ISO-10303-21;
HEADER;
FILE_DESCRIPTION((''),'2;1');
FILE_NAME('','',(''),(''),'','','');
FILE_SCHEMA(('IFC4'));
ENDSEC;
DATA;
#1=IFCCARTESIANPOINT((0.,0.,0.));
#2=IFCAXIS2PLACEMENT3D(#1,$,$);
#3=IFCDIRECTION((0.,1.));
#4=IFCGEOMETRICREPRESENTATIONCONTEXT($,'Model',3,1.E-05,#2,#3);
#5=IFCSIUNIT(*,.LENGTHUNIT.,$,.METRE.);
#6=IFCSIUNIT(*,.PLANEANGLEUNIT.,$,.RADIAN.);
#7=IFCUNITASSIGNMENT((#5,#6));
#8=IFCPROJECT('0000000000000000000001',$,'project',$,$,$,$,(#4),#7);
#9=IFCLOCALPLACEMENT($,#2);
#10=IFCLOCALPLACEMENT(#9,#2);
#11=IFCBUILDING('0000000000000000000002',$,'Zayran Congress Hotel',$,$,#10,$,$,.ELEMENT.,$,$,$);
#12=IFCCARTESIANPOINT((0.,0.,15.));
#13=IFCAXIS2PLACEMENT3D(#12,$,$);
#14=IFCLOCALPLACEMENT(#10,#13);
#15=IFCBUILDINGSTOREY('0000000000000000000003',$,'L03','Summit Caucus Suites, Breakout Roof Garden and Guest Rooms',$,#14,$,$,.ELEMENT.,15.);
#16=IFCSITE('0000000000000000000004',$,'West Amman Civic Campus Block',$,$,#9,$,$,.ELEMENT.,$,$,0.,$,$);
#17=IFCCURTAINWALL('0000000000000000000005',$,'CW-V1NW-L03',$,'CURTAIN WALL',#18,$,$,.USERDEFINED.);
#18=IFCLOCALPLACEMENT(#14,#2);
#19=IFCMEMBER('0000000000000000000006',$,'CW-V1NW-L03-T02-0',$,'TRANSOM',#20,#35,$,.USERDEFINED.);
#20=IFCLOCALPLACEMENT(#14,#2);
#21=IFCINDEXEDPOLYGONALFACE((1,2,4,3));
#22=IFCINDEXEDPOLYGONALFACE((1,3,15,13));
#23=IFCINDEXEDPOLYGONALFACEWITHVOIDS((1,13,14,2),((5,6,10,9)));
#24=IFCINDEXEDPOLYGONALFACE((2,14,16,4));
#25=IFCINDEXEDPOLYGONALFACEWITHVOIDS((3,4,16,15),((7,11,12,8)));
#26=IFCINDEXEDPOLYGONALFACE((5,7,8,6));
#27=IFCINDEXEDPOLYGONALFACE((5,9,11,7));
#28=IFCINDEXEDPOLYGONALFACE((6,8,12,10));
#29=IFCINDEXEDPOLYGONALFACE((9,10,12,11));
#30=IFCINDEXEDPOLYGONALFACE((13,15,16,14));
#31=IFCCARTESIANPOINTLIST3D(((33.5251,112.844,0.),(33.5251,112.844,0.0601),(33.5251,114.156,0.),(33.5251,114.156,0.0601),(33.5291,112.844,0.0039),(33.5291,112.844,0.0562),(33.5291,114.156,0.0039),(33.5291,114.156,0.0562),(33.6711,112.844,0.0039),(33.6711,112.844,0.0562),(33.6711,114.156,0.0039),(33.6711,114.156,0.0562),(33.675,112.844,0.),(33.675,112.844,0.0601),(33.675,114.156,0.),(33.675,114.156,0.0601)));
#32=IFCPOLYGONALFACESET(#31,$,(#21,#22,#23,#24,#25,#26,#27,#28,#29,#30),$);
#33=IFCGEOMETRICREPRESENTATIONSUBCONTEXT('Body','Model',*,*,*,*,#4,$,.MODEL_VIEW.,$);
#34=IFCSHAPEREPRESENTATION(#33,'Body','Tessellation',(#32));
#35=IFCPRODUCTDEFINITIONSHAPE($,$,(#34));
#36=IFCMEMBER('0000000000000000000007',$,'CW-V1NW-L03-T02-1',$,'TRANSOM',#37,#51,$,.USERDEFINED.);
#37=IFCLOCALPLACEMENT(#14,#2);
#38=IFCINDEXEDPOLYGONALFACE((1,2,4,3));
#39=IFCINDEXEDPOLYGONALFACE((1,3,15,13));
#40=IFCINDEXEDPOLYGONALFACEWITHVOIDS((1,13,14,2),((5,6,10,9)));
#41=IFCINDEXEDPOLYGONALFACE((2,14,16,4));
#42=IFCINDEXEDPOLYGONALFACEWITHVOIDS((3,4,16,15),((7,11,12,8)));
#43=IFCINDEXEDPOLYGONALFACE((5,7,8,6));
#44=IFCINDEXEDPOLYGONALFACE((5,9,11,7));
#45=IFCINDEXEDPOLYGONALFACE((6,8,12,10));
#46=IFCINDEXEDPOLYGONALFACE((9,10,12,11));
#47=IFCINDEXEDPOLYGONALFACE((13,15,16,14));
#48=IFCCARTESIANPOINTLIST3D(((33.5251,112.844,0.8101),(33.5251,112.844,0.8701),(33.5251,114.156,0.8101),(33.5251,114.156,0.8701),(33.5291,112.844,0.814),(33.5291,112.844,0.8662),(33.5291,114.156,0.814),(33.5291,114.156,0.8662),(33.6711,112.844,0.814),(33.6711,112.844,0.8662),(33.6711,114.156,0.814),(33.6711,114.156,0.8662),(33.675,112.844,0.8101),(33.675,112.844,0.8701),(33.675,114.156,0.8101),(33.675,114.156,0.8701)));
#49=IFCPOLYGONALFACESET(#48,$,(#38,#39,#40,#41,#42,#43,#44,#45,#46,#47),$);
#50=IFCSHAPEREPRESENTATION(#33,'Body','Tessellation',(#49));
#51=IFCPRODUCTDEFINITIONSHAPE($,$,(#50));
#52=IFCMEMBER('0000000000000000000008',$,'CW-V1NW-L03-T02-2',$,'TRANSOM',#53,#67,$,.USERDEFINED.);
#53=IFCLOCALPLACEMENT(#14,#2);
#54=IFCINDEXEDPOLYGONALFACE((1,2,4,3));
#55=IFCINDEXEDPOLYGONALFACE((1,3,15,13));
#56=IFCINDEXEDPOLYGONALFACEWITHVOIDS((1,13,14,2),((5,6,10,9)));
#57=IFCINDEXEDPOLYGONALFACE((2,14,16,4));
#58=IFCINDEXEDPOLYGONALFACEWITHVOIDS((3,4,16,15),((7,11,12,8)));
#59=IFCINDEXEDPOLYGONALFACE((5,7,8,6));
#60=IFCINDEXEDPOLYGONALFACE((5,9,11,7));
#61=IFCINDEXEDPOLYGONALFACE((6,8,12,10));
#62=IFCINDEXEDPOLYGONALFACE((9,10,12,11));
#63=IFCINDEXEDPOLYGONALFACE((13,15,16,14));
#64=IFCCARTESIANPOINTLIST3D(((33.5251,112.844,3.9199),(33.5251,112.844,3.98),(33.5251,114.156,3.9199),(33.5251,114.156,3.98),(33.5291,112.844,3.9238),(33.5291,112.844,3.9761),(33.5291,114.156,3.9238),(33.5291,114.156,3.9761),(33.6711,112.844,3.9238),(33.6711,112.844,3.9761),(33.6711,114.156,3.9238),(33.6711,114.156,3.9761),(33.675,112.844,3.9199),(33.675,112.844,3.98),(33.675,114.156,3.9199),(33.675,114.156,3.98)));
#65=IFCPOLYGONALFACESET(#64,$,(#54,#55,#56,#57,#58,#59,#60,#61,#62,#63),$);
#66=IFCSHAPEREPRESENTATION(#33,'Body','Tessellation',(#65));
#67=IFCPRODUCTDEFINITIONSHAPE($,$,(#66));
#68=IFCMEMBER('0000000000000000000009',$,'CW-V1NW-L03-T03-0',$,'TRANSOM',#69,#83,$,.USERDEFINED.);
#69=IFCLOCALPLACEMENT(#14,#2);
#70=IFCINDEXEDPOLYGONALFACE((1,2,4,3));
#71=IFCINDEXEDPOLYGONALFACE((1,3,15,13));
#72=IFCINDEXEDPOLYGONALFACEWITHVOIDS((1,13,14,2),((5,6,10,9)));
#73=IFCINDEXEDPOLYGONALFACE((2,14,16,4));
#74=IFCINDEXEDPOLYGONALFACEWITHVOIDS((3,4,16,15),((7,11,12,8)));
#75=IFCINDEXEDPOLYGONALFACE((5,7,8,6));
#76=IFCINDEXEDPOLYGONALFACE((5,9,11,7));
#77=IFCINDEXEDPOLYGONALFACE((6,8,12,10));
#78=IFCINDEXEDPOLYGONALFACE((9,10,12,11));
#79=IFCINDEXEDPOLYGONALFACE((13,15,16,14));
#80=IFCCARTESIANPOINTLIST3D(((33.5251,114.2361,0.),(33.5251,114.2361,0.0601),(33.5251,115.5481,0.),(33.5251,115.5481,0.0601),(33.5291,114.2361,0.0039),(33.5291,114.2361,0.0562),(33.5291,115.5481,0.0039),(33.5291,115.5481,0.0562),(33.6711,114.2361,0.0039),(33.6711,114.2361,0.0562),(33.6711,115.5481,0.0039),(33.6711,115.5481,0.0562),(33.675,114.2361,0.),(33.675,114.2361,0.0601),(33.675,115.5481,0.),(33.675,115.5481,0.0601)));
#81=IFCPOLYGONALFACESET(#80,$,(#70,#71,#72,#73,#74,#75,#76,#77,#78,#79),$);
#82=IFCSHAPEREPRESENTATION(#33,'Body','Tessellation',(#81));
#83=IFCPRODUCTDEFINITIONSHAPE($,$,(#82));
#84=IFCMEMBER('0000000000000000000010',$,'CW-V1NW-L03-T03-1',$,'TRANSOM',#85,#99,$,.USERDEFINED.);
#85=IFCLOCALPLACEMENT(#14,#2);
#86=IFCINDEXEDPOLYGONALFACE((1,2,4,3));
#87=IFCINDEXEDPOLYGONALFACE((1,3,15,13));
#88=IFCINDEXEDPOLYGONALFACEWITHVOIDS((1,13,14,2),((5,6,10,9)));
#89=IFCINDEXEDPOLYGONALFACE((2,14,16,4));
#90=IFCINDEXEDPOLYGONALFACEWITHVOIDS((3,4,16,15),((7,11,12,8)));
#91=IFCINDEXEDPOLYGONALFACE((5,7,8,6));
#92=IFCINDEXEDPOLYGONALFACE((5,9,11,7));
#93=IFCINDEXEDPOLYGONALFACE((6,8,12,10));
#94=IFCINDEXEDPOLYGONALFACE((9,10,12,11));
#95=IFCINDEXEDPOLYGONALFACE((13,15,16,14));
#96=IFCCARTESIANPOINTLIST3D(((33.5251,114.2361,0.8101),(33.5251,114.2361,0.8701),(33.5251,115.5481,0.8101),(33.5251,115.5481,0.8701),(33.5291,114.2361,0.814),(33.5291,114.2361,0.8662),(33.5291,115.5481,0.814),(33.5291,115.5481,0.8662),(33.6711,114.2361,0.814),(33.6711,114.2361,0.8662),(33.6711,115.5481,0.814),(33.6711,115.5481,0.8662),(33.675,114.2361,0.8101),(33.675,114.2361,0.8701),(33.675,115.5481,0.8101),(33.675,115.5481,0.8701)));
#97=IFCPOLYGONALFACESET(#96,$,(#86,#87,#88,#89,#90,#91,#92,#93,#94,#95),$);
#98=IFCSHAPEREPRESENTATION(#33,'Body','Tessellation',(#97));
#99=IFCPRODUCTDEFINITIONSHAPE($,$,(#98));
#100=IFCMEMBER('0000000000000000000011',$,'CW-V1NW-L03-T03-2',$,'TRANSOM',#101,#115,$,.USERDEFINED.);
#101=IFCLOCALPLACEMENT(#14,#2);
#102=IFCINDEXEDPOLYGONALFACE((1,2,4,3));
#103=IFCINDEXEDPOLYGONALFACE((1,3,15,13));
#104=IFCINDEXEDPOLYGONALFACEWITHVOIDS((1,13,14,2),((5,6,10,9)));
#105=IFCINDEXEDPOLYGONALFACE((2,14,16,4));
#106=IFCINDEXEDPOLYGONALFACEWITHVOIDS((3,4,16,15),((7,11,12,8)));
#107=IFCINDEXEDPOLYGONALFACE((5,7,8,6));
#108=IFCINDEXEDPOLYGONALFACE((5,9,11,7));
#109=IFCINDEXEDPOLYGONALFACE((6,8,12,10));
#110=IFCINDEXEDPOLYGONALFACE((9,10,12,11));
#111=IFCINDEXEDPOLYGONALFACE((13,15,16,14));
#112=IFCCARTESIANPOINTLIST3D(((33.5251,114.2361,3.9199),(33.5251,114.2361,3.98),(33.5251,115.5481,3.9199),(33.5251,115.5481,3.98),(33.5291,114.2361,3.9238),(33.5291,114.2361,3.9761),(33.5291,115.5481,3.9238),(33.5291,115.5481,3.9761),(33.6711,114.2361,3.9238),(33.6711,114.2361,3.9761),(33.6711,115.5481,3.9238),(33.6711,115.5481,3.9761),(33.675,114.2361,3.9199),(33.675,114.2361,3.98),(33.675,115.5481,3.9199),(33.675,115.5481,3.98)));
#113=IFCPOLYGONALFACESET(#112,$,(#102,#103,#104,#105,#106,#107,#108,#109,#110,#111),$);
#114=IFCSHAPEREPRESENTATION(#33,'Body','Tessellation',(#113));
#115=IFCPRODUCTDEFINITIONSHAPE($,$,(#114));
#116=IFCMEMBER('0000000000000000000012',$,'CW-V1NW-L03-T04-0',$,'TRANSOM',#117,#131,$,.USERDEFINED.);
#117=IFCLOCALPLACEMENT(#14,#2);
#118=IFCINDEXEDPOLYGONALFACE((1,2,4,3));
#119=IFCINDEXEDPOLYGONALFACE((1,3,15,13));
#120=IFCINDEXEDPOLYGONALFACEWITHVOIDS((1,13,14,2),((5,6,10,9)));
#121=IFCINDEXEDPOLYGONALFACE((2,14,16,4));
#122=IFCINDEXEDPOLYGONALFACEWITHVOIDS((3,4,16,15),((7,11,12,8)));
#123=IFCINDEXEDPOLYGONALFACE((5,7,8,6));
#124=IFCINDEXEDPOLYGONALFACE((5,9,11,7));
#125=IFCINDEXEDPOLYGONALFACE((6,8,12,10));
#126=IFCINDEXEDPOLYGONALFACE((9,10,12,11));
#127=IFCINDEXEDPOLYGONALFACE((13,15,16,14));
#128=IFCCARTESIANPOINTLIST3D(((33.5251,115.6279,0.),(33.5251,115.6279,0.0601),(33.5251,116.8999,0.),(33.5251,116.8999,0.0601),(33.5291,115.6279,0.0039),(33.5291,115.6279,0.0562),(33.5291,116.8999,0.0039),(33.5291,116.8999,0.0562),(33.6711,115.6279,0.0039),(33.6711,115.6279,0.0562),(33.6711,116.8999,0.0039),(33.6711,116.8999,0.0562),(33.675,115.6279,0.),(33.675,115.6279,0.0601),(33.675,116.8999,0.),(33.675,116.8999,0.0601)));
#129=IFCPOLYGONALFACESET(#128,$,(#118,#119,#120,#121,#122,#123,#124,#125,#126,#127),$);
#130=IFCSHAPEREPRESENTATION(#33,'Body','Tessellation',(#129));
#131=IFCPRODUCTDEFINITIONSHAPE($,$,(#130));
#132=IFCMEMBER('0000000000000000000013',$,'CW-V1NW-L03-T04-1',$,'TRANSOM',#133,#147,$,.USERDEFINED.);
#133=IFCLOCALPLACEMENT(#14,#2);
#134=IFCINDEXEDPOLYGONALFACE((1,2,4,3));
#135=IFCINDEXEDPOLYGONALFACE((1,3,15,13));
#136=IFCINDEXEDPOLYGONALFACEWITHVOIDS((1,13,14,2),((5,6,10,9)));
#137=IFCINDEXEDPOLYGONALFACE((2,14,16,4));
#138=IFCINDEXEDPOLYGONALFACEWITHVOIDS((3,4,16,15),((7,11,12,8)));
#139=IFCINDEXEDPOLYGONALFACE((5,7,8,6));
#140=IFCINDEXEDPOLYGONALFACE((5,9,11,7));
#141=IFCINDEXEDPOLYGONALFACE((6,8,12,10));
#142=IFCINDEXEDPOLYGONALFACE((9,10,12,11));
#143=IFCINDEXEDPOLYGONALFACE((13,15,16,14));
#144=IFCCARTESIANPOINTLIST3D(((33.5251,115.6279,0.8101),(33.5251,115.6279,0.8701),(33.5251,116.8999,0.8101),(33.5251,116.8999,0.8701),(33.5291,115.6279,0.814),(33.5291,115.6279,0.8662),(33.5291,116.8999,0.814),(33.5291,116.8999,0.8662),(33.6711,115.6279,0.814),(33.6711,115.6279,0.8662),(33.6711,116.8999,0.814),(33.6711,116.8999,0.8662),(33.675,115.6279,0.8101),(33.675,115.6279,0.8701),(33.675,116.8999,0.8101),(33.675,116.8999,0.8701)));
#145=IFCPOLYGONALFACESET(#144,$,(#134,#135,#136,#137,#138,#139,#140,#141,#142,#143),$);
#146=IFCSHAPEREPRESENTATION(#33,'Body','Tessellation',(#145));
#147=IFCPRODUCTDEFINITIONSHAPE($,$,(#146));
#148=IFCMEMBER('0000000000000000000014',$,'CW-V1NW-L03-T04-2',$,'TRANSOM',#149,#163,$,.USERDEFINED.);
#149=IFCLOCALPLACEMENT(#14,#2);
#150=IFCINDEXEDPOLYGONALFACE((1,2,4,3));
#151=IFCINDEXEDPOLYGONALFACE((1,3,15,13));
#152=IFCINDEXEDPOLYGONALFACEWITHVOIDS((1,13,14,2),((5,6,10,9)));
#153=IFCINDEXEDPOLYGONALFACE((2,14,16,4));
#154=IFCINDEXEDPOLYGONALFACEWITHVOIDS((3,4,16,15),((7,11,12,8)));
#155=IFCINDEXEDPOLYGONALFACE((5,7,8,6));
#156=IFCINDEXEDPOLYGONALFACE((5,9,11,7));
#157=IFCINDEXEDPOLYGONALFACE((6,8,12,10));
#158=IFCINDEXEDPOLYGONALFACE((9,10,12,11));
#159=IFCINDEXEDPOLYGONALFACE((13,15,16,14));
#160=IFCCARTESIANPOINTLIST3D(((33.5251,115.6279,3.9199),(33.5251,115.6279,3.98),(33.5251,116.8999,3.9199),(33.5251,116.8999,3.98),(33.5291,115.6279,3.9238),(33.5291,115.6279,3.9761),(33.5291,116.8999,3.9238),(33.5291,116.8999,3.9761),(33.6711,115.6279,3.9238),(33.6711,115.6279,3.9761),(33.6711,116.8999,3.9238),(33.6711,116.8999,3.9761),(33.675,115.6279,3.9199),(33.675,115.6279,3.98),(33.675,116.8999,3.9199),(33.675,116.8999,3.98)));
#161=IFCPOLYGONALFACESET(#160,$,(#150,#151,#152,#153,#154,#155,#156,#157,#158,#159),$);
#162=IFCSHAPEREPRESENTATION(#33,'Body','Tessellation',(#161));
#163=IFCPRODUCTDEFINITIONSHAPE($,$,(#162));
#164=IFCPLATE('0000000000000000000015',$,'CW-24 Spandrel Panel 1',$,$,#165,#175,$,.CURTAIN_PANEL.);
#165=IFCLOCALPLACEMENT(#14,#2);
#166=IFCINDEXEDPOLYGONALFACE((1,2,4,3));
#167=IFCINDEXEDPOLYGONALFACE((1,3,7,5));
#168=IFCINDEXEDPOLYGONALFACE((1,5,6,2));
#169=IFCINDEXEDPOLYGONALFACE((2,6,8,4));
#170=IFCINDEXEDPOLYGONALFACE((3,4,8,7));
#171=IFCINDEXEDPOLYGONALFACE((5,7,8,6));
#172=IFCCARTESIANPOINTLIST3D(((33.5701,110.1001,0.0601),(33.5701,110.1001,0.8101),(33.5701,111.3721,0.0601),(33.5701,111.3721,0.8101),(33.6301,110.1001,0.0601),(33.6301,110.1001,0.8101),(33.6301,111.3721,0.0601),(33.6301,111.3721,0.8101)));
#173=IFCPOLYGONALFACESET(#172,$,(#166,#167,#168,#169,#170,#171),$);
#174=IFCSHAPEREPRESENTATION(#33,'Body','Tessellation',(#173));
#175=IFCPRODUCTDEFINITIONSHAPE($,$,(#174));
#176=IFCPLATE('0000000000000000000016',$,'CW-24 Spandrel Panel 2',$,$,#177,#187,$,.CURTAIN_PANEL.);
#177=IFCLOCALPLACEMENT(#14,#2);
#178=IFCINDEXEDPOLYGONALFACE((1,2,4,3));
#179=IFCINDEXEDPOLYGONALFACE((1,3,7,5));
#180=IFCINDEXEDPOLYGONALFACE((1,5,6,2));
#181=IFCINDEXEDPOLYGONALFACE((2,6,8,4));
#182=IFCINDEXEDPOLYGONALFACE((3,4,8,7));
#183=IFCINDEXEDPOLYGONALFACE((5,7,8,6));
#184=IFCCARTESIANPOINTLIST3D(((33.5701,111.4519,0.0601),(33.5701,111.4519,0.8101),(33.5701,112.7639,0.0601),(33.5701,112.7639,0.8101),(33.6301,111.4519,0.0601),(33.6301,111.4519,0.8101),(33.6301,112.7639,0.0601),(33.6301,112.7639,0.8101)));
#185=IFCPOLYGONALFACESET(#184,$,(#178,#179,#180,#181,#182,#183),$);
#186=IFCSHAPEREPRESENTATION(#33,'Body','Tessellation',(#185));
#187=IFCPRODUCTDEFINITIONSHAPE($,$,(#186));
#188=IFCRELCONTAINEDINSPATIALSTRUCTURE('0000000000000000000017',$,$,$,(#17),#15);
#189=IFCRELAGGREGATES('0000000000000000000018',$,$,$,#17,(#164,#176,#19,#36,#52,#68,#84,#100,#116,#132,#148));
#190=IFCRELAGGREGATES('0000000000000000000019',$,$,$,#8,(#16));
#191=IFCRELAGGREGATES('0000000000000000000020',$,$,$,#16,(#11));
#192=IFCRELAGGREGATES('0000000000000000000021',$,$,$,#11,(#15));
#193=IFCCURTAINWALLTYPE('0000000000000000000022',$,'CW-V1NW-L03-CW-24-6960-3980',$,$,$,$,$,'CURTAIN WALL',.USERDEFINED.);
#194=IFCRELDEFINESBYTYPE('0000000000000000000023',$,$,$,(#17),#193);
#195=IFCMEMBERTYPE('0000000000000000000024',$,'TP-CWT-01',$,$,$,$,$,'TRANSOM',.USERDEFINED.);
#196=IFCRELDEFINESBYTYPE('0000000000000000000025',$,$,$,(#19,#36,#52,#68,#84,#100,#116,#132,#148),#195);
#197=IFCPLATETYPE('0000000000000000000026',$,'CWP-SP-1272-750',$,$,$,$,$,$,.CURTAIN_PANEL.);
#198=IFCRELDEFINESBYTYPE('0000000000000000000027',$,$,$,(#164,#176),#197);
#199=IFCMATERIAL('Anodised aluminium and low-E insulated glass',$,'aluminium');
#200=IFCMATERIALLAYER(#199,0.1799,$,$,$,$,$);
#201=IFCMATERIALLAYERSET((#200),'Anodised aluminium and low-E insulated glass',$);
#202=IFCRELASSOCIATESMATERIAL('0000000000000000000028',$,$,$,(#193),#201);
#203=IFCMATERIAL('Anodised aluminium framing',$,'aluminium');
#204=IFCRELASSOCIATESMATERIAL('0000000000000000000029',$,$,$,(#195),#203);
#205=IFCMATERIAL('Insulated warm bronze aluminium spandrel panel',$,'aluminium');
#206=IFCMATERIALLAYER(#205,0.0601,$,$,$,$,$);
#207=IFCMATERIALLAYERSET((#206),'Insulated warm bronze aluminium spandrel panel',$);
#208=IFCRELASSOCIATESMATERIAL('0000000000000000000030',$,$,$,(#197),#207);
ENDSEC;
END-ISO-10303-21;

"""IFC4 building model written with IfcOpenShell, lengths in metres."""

from ifc_helpers import new_model, si_unit, direction, frame, origin, origin_2d, place, context, subcontext, project, spatial, rectangle, hollow_rectangle, extrude, material, layer, layer_set, material_profile, profile_set, type_object, element, aggregate, save


model = new_model("IFC4")

# Units and contexts
model_context = context("Model", 3, precision=1e-05, world=origin(), true_north=direction((0.0, 1.0)))
body_context = subcontext(model_context, "Body", "Model", "MODEL_VIEW")
ifc_project = project(units=[si_unit("LENGTHUNIT", "METRE"), si_unit("PLANEANGLEUNIT", "RADIAN")], contexts=[model_context])

# Site, building, storey
site_placement = place(None, origin())
site = spatial("IfcSite", under=ifc_project, at=site_placement, Name="West Amman Civic Campus Block", CompositionType="ELEMENT", RefElevation=0.0)
building_placement = place(site_placement, origin())
building = spatial("IfcBuilding", under=site, at=building_placement, Name="Zayran Congress Hotel", CompositionType="ELEMENT")
storey_placement = place(building_placement, frame((0.0, 0.0, 15.0)))
storey = spatial("IfcBuildingStorey", under=building, at=storey_placement, Name="L03", Description="Summit Caucus Suites, Breakout Roof Garden and Guest Rooms", CompositionType="ELEMENT", Elevation=15.0)

# Curtain wall, members, plates
ifc_material_1 = material(Name="Anodised aluminium and low-E insulated glass", Category="aluminium")
ifc_layer_1 = layer(ifc_material_1, 0.1799)
ifc_layer_set_1 = layer_set([ifc_layer_1], Name="Anodised aluminium and low-E insulated glass")
curtain_wall_type = type_object("IfcCurtainWallType", Name="CW-V1NW-L03-CW-24-6960-3980", ElementType="CURTAIN WALL", PredefinedType="USERDEFINED", material=ifc_layer_set_1)
curtain_wall_placement = place(storey_placement, origin())
curtain_wall = element("IfcCurtainWall", 1, at=curtain_wall_placement, inside=storey, type_object=curtain_wall_type, Name="CW-V1NW-L03", ObjectType="CURTAIN WALL", PredefinedType="USERDEFINED")
ifc_material_2 = material(Name="Anodised aluminium framing", Category="aluminium")
ifc_material_profile_1 = material_profile(ifc_material_2, hollow_rectangle(XDim=0.0601, YDim=0.1499, WallThickness=0.0039, at=origin_2d()), Name="RHS 150x60x4")
ifc_profile_set_1 = profile_set([ifc_material_profile_1], Name="Anodised aluminium framing")
member_type_1 = type_object("IfcMemberType", Name="TP-CWT-01", ElementType="TRANSOM", PredefinedType="USERDEFINED", material=ifc_profile_set_1)
member_1_placement = place(storey_placement, frame((33.6001, 112.844, 0.03), z_axis=(0.0, 1.0, 0.0), x_axis=(0.0, 0.0, 1.0)))
member_1 = element("IfcMember", 2, at=member_1_placement, type_object=member_type_1, Name="CW-V1NW-L03-T02-0", ObjectType="TRANSOM", PredefinedType="USERDEFINED", context=body_context, shape_type="SweptSolid", body=[
    extrude(hollow_rectangle(XDim=0.0601, YDim=0.1499, WallThickness=0.0039, at=origin_2d()), origin(), (0.0, 0.0, 1.0), 1.312),
])
member_2_placement = place(storey_placement, frame((33.6001, 112.844, 0.8401), z_axis=(0.0, 1.0, 0.0), x_axis=(0.0, 0.0, 1.0)))
member_2 = element("IfcMember", 3, at=member_2_placement, type_object=member_type_1, Name="CW-V1NW-L03-T02-1", ObjectType="TRANSOM", PredefinedType="USERDEFINED", context=body_context, shape_type="SweptSolid", body=[
    extrude(hollow_rectangle(XDim=0.0601, YDim=0.1499, WallThickness=0.0039, at=origin_2d()), origin(), (0.0, 0.0, 1.0), 1.312),
])
member_3_placement = place(storey_placement, frame((33.6001, 112.844, 3.95), z_axis=(0.0, 1.0, 0.0), x_axis=(0.0, 0.0, 1.0)))
member_3 = element("IfcMember", 4, at=member_3_placement, type_object=member_type_1, Name="CW-V1NW-L03-T02-2", ObjectType="TRANSOM", PredefinedType="USERDEFINED", context=body_context, shape_type="SweptSolid", body=[
    extrude(hollow_rectangle(XDim=0.0601, YDim=0.1499, WallThickness=0.0039, at=origin_2d()), origin(), (0.0, 0.0, 1.0), 1.312),
])
member_4_placement = place(storey_placement, frame((33.6001, 114.2361, 0.03), z_axis=(0.0, 1.0, 0.0), x_axis=(0.0, 0.0, 1.0)))
member_4 = element("IfcMember", 5, at=member_4_placement, type_object=member_type_1, Name="CW-V1NW-L03-T03-0", ObjectType="TRANSOM", PredefinedType="USERDEFINED", context=body_context, shape_type="SweptSolid", body=[
    extrude(hollow_rectangle(XDim=0.0601, YDim=0.1499, WallThickness=0.0039, at=origin_2d()), origin(), (0.0, 0.0, 1.0), 1.312),
])
member_5_placement = place(storey_placement, frame((33.6001, 114.2361, 0.8401), z_axis=(0.0, 1.0, 0.0), x_axis=(0.0, 0.0, 1.0)))
member_5 = element("IfcMember", 6, at=member_5_placement, type_object=member_type_1, Name="CW-V1NW-L03-T03-1", ObjectType="TRANSOM", PredefinedType="USERDEFINED", context=body_context, shape_type="SweptSolid", body=[
    extrude(hollow_rectangle(XDim=0.0601, YDim=0.1499, WallThickness=0.0039, at=origin_2d()), origin(), (0.0, 0.0, 1.0), 1.312),
])
member_6_placement = place(storey_placement, frame((33.6001, 114.2361, 3.95), z_axis=(0.0, 1.0, 0.0), x_axis=(0.0, 0.0, 1.0)))
member_6 = element("IfcMember", 7, at=member_6_placement, type_object=member_type_1, Name="CW-V1NW-L03-T03-2", ObjectType="TRANSOM", PredefinedType="USERDEFINED", context=body_context, shape_type="SweptSolid", body=[
    extrude(hollow_rectangle(XDim=0.0601, YDim=0.1499, WallThickness=0.0039, at=origin_2d()), origin(), (0.0, 0.0, 1.0), 1.312),
])
member_7_placement = place(storey_placement, frame((33.6001, 115.6279, 0.03), z_axis=(0.0, 1.0, 0.0), x_axis=(0.0, 0.0, 1.0)))
member_7 = element("IfcMember", 8, at=member_7_placement, type_object=member_type_1, Name="CW-V1NW-L03-T04-0", ObjectType="TRANSOM", PredefinedType="USERDEFINED", context=body_context, shape_type="SweptSolid", body=[
    extrude(hollow_rectangle(XDim=0.0601, YDim=0.1499, WallThickness=0.0039, at=origin_2d()), origin(), (0.0, 0.0, 1.0), 1.272),
])
member_8_placement = place(storey_placement, frame((33.6001, 115.6279, 0.8401), z_axis=(0.0, 1.0, 0.0), x_axis=(0.0, 0.0, 1.0)))
member_8 = element("IfcMember", 9, at=member_8_placement, type_object=member_type_1, Name="CW-V1NW-L03-T04-1", ObjectType="TRANSOM", PredefinedType="USERDEFINED", context=body_context, shape_type="SweptSolid", body=[
    extrude(hollow_rectangle(XDim=0.0601, YDim=0.1499, WallThickness=0.0039, at=origin_2d()), origin(), (0.0, 0.0, 1.0), 1.272),
])
member_9_placement = place(storey_placement, frame((33.6001, 115.6279, 3.95), z_axis=(0.0, 1.0, 0.0), x_axis=(0.0, 0.0, 1.0)))
member_9 = element("IfcMember", 10, at=member_9_placement, type_object=member_type_1, Name="CW-V1NW-L03-T04-2", ObjectType="TRANSOM", PredefinedType="USERDEFINED", context=body_context, shape_type="SweptSolid", body=[
    extrude(hollow_rectangle(XDim=0.0601, YDim=0.1499, WallThickness=0.0039, at=origin_2d()), origin(), (0.0, 0.0, 1.0), 1.272),
])
ifc_material_3 = material(Name="Insulated warm bronze aluminium spandrel panel", Category="aluminium")
ifc_layer_2 = layer(ifc_material_3, 0.0601)
ifc_layer_set_2 = layer_set([ifc_layer_2], Name="Insulated warm bronze aluminium spandrel panel")
plate_type_1 = type_object("IfcPlateType", Name="CWP-SP-1272-750", PredefinedType="CURTAIN_PANEL", material=ifc_layer_set_2)
plate_1_placement = place(storey_placement, frame((33.6001, 110.7361, 0.0601), z_axis=(0.0, 0.0, 1.0), x_axis=(0.0, 1.0, 0.0)))
plate_1 = element("IfcPlate", 11, at=plate_1_placement, type_object=plate_type_1, Name="CW-24 Spandrel Panel 1", PredefinedType="CURTAIN_PANEL", context=body_context, shape_type="SweptSolid", body=[
    extrude(rectangle(XDim=1.272, YDim=0.0601, at=origin_2d()), origin(), (0.0, 0.0, 1.0), 0.75),
])
plate_2_placement = place(storey_placement, frame((33.6001, 112.1079, 0.0601), z_axis=(0.0, 0.0, 1.0), x_axis=(0.0, 1.0, 0.0)))
plate_2 = element("IfcPlate", 12, at=plate_2_placement, type_object=plate_type_1, Name="CW-24 Spandrel Panel 2", PredefinedType="CURTAIN_PANEL", context=body_context, shape_type="SweptSolid", body=[
    extrude(rectangle(XDim=1.312, YDim=0.0601, at=origin_2d()), origin(), (0.0, 0.0, 1.0), 0.75),
])
aggregate(curtain_wall, [plate_1, plate_2, member_1, member_2, member_3, member_4, member_5, member_6, member_7, member_8, member_9])

save(model, "model.ifc")
